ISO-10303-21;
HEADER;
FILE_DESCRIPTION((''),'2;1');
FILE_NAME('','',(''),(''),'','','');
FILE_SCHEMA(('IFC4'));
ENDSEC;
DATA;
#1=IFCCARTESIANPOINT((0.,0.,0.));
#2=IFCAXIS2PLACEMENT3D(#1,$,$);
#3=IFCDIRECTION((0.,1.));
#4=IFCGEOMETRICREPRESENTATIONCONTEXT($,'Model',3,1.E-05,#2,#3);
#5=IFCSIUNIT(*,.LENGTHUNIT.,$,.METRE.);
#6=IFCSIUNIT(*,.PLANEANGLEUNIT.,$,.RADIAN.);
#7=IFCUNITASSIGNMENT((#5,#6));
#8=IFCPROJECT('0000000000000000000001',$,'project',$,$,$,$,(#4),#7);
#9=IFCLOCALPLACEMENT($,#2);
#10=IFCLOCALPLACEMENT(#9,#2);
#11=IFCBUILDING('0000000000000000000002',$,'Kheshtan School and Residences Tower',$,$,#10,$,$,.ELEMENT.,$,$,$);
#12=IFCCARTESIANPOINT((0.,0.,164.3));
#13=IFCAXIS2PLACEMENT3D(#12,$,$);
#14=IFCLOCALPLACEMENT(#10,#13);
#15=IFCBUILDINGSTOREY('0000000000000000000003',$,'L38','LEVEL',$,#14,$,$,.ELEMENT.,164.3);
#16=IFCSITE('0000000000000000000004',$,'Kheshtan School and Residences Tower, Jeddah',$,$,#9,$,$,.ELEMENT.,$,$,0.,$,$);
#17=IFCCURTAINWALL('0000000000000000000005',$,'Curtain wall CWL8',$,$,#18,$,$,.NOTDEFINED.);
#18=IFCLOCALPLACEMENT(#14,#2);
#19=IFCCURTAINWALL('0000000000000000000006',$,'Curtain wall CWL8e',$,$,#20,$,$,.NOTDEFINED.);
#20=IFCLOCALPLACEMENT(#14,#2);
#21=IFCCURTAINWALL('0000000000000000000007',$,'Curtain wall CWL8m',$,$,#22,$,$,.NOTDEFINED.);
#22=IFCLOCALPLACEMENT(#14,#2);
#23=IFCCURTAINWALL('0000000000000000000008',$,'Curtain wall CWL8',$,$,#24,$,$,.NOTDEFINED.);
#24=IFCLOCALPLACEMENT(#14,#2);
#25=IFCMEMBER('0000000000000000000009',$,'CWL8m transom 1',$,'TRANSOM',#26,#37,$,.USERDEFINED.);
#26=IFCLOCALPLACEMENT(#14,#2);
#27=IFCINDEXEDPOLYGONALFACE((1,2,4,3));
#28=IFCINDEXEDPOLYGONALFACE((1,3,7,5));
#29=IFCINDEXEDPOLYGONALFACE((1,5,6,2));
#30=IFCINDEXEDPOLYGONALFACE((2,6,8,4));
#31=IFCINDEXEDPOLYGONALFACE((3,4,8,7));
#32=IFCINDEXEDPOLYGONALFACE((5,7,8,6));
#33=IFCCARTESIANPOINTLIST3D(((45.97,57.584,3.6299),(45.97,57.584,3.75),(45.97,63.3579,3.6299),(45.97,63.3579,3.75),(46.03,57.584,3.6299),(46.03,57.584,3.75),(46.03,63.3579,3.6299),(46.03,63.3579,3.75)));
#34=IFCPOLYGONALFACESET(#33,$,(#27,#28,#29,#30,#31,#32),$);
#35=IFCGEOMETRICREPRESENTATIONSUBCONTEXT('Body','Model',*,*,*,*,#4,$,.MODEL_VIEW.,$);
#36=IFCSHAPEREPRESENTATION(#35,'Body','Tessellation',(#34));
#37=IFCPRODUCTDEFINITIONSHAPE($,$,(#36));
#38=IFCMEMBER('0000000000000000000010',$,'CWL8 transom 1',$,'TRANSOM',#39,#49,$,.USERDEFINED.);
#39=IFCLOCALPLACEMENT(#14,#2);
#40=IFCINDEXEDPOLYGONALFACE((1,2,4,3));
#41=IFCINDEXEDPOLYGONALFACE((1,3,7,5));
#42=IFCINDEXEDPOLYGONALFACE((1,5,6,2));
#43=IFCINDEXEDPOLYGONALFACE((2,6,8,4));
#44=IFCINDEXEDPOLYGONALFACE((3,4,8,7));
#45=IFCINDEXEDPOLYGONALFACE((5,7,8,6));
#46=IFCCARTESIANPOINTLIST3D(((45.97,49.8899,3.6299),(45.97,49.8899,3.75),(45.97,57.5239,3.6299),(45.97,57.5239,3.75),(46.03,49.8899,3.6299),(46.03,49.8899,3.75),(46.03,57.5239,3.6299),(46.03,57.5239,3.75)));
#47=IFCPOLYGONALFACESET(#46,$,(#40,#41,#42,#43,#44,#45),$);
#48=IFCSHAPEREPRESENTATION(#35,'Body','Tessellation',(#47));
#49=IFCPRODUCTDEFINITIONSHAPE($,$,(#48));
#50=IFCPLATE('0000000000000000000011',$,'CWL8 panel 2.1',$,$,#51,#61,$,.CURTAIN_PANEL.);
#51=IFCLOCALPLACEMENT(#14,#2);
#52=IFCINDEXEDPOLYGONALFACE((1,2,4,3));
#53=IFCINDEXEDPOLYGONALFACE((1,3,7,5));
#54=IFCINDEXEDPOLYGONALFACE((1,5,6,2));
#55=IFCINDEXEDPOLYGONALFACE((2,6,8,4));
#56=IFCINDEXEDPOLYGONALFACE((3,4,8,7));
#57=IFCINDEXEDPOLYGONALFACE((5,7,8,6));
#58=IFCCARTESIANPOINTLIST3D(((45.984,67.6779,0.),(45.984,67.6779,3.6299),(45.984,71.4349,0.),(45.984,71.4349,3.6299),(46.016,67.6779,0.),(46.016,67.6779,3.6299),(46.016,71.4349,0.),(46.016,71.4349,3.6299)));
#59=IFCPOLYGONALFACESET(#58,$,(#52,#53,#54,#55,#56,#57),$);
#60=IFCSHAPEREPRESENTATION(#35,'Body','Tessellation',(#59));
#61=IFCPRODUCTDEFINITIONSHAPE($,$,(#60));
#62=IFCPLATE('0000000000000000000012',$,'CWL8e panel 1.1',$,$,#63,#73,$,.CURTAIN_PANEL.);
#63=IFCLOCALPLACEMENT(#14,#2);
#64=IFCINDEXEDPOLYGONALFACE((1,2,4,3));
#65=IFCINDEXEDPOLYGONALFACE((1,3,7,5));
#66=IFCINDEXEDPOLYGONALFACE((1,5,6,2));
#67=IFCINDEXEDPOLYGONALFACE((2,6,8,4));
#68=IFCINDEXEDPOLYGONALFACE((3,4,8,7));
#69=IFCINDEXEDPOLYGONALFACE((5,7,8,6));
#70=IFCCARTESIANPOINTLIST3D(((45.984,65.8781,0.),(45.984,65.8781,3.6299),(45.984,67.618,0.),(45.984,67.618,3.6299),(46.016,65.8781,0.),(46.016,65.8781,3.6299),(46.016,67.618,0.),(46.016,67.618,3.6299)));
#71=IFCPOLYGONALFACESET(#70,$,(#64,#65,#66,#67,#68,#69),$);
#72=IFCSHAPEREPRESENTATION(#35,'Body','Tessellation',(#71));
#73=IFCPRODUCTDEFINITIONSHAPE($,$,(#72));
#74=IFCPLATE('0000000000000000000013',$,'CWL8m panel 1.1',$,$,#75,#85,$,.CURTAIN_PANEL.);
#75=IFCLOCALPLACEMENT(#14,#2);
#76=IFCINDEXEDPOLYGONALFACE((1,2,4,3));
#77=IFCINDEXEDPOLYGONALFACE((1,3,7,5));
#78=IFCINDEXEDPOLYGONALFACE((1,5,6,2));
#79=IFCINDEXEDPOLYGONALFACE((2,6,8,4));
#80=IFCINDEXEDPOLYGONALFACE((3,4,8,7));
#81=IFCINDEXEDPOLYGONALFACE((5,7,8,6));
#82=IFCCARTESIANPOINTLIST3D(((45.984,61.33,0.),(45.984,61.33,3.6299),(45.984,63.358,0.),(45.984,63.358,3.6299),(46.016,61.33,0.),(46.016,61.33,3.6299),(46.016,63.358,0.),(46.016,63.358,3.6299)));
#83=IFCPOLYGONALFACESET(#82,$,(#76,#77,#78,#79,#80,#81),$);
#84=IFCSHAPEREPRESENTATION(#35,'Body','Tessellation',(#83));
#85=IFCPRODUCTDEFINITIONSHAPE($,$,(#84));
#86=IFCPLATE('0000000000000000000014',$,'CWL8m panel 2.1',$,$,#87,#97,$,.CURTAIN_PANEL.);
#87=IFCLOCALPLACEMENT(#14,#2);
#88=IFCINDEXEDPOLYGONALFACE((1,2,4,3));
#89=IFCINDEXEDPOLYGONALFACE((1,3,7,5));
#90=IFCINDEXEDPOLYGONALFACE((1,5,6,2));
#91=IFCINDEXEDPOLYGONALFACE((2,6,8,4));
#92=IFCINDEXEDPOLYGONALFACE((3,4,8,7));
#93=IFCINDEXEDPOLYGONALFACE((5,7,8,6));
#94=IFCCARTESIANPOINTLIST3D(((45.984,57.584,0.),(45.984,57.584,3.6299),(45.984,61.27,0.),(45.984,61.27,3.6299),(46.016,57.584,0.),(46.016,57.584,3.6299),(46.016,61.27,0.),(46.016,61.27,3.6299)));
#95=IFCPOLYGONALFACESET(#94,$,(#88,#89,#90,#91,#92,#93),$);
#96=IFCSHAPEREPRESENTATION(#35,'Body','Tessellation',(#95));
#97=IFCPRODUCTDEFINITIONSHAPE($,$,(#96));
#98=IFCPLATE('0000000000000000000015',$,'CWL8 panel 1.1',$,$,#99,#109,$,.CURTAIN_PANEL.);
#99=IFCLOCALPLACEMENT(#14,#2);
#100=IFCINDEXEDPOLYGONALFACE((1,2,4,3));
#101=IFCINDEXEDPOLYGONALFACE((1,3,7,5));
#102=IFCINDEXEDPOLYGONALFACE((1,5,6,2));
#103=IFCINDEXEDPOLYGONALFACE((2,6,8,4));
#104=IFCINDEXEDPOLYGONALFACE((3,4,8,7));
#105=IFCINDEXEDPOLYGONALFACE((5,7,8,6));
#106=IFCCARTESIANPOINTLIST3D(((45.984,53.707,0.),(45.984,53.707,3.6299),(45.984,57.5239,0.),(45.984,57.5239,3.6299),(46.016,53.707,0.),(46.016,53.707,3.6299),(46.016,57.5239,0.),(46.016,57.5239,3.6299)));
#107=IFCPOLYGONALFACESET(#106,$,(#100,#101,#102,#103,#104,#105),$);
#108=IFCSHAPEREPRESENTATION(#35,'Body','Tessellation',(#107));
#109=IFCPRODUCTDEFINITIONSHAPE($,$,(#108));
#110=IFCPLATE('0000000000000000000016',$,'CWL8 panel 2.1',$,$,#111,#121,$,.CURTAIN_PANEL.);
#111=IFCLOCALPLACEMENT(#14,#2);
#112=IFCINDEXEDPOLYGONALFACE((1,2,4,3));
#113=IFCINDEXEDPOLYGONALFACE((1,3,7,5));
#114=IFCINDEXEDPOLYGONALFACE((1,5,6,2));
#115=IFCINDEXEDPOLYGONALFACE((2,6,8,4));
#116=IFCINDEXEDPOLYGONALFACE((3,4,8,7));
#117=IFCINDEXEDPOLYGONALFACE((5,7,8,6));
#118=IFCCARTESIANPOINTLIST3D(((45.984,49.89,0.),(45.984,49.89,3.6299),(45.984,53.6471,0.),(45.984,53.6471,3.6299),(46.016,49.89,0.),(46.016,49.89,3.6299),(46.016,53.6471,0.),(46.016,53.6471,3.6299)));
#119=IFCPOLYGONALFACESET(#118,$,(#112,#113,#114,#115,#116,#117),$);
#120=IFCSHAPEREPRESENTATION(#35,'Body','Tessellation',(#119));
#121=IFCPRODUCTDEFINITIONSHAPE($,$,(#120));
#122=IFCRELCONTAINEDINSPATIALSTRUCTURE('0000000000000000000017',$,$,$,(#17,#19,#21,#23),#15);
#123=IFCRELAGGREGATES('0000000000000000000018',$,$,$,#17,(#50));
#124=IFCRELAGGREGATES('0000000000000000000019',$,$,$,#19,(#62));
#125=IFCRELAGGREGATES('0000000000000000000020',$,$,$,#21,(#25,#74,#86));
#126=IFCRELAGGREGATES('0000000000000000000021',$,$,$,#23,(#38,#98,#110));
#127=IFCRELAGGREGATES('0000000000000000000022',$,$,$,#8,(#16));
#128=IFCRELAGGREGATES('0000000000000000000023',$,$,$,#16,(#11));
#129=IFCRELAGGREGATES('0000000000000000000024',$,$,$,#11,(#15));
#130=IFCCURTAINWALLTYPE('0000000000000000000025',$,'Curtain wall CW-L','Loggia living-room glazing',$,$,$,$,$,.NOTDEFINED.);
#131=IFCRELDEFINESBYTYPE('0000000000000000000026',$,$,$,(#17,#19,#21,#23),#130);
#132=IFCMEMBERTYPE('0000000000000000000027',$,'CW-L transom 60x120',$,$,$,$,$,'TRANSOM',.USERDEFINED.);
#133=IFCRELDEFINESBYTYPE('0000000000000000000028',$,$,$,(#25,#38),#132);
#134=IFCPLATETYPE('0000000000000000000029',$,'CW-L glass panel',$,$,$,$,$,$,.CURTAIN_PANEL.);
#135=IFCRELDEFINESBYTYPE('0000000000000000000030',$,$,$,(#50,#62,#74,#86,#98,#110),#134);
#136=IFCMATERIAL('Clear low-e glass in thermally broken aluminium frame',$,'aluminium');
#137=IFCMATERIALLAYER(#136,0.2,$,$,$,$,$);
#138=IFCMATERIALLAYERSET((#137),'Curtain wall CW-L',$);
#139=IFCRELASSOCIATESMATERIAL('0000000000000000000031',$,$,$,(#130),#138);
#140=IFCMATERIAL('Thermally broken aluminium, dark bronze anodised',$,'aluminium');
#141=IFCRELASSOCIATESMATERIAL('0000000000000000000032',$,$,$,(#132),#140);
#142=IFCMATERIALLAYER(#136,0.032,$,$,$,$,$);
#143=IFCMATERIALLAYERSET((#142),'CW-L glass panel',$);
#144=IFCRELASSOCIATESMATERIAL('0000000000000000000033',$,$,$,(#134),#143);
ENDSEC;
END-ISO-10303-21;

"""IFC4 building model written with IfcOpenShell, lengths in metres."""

from ifc_helpers import new_model, si_unit, direction, frame, origin, origin_2d, place, context, subcontext, project, spatial, rectangle, extrude, material, layer, layer_set, material_profile, profile_set, type_object, element, aggregate, save


model = new_model("IFC4")

# Units and contexts
model_context = context("Model", 3, precision=1e-05, world=origin(), true_north=direction((0.0, 1.0)))
body_context = subcontext(model_context, "Body", "Model", "MODEL_VIEW")
ifc_project = project(units=[si_unit("LENGTHUNIT", "METRE"), si_unit("PLANEANGLEUNIT", "RADIAN")], contexts=[model_context])

# Site, building, storey
site_placement = place(None, origin())
site = spatial("IfcSite", under=ifc_project, at=site_placement, Name="Kheshtan School and Residences Tower, Jeddah", CompositionType="ELEMENT", RefElevation=0.0)
building_placement = place(site_placement, origin())
building = spatial("IfcBuilding", under=site, at=building_placement, Name="Kheshtan School and Residences Tower", CompositionType="ELEMENT")
storey_placement = place(building_placement, frame((0.0, 0.0, 164.3)))
storey = spatial("IfcBuildingStorey", under=building, at=storey_placement, Name="L38", Description="LEVEL", CompositionType="ELEMENT", Elevation=164.3)

# Curtain walls
ifc_material_1 = material(Name="Clear low-e glass in thermally broken aluminium frame", Category="aluminium")
ifc_layer_1 = layer(ifc_material_1, 0.2)
ifc_layer_set_1 = layer_set([ifc_layer_1], Name="Curtain wall CW-L")
curtain_wall_type = type_object("IfcCurtainWallType", Name="Curtain wall CW-L", Description="Loggia living-room glazing", PredefinedType="NOTDEFINED", material=ifc_layer_set_1)
curtain_wall_1_placement = place(storey_placement, origin())
curtain_wall_1 = element("IfcCurtainWall", 1, at=curtain_wall_1_placement, inside=storey, type_object=curtain_wall_type, Name="Curtain wall CWL8", PredefinedType="NOTDEFINED")
ifc_material_2 = material(Name="Thermally broken aluminium, dark bronze anodised", Category="aluminium")
curtain_wall_2_placement = place(storey_placement, origin())
curtain_wall_2 = element("IfcCurtainWall", 2, at=curtain_wall_2_placement, inside=storey, type_object=curtain_wall_type, Name="Curtain wall CWL8e", PredefinedType="NOTDEFINED")

# Curtain wall
curtain_wall_3_placement = place(storey_placement, origin())
curtain_wall_3 = element("IfcCurtainWall", 3, at=curtain_wall_3_placement, inside=storey, type_object=curtain_wall_type, Name="Curtain wall CWL8m", PredefinedType="NOTDEFINED")

# Curtain wall
curtain_wall_4_placement = place(storey_placement, origin())
curtain_wall_4 = element("IfcCurtainWall", 4, at=curtain_wall_4_placement, inside=storey, type_object=curtain_wall_type, Name="Curtain wall CWL8", PredefinedType="NOTDEFINED")

# Members
ifc_material_profile_1 = material_profile(ifc_material_2, rectangle(XDim=0.0601, YDim=0.1201, at=origin_2d()), Name="CW-L transom 60x120")
ifc_profile_set_1 = profile_set([ifc_material_profile_1], Name="Thermally broken aluminium, dark bronze anodised")
member_type_1 = type_object("IfcMemberType", Name="CW-L transom 60x120", ElementType="TRANSOM", PredefinedType="USERDEFINED", material=ifc_profile_set_1)
member_1_placement = place(storey_placement, frame((46.0, 63.3579, 3.6899), z_axis=(0.0, -1.0, 0.0), x_axis=(1.0, 0.0, 0.0)))
member_1 = element("IfcMember", 5, at=member_1_placement, type_object=member_type_1, Name="CWL8m transom 1", ObjectType="TRANSOM", PredefinedType="USERDEFINED", context=body_context, shape_type="SweptSolid", body=[
    extrude(rectangle(XDim=0.0601, YDim=0.1201, at=origin_2d()), origin(), (0.0, 0.0, 1.0), 5.7739),
])
member_2_placement = place(storey_placement, frame((46.0, 57.5239, 3.6899), z_axis=(0.0, -1.0, 0.0), x_axis=(1.0, 0.0, 0.0)))
member_2 = element("IfcMember", 6, at=member_2_placement, type_object=member_type_1, Name="CWL8 transom 1", ObjectType="TRANSOM", PredefinedType="USERDEFINED", context=body_context, shape_type="SweptSolid", body=[
    extrude(rectangle(XDim=0.0601, YDim=0.1201, at=origin_2d()), origin(), (0.0, 0.0, 1.0), 7.634),
])

# Plates
ifc_layer_2 = layer(ifc_material_1, 0.032)
ifc_layer_set_2 = layer_set([ifc_layer_2], Name="CW-L glass panel")
plate_type = type_object("IfcPlateType", Name="CW-L glass panel", PredefinedType="CURTAIN_PANEL", material=ifc_layer_set_2)
plate_1_placement = place(storey_placement, frame((46.0, 69.5564, 0.0), z_axis=(0.0, 0.0, 1.0), x_axis=(0.0, -1.0, 0.0)))
plate_1 = element("IfcPlate", 7, at=plate_1_placement, type_object=plate_type, Name="CWL8 panel 2.1", PredefinedType="CURTAIN_PANEL", context=body_context, shape_type="SweptSolid", body=[
    extrude(rectangle(XDim=3.7571, YDim=0.032, at=origin_2d()), origin(), (0.0, 0.0, 1.0), 3.6299),
])
aggregate(curtain_wall_1, [plate_1])
plate_2_placement = place(storey_placement, frame((46.0, 66.748, 0.0), z_axis=(0.0, 0.0, 1.0), x_axis=(0.0, -1.0, 0.0)))
plate_2 = element("IfcPlate", 8, at=plate_2_placement, type_object=plate_type, Name="CWL8e panel 1.1", PredefinedType="CURTAIN_PANEL", context=body_context, shape_type="SweptSolid", body=[
    extrude(rectangle(XDim=1.74, YDim=0.032, at=origin_2d()), origin(), (0.0, 0.0, 1.0), 3.6299),
])
aggregate(curtain_wall_2, [plate_2])
plate_3_placement = place(storey_placement, frame((46.0, 62.344, 0.0), z_axis=(0.0, 0.0, 1.0), x_axis=(0.0, -1.0, 0.0)))
plate_3 = element("IfcPlate", 9, at=plate_3_placement, type_object=plate_type, Name="CWL8m panel 1.1", PredefinedType="CURTAIN_PANEL", context=body_context, shape_type="SweptSolid", body=[
    extrude(rectangle(XDim=2.0281, YDim=0.032, at=origin_2d()), origin(), (0.0, 0.0, 1.0), 3.6299),
])
plate_4_placement = place(storey_placement, frame((46.0, 59.427, 0.0), z_axis=(0.0, 0.0, 1.0), x_axis=(0.0, -1.0, 0.0)))
plate_4 = element("IfcPlate", 10, at=plate_4_placement, type_object=plate_type, Name="CWL8m panel 2.1", PredefinedType="CURTAIN_PANEL", context=body_context, shape_type="SweptSolid", body=[
    extrude(rectangle(XDim=3.686, YDim=0.032, at=origin_2d()), origin(), (0.0, 0.0, 1.0), 3.6299),
])
aggregate(curtain_wall_3, [member_1, plate_3, plate_4])
plate_5_placement = place(storey_placement, frame((46.0, 55.6155, 0.0), z_axis=(0.0, 0.0, 1.0), x_axis=(0.0, -1.0, 0.0)))
plate_5 = element("IfcPlate", 11, at=plate_5_placement, type_object=plate_type, Name="CWL8 panel 1.1", PredefinedType="CURTAIN_PANEL", context=body_context, shape_type="SweptSolid", body=[
    extrude(rectangle(XDim=3.8169, YDim=0.032, at=origin_2d()), origin(), (0.0, 0.0, 1.0), 3.6299),
])
plate_6_placement = place(storey_placement, frame((46.0, 51.7686, 0.0), z_axis=(0.0, 0.0, 1.0), x_axis=(0.0, -1.0, 0.0)))
plate_6 = element("IfcPlate", 12, at=plate_6_placement, type_object=plate_type, Name="CWL8 panel 2.1", PredefinedType="CURTAIN_PANEL", context=body_context, shape_type="SweptSolid", body=[
    extrude(rectangle(XDim=3.7571, YDim=0.032, at=origin_2d()), origin(), (0.0, 0.0, 1.0), 3.6299),
])
aggregate(curtain_wall_4, [member_2, plate_5, plate_6])

save(model, "model.ifc")
